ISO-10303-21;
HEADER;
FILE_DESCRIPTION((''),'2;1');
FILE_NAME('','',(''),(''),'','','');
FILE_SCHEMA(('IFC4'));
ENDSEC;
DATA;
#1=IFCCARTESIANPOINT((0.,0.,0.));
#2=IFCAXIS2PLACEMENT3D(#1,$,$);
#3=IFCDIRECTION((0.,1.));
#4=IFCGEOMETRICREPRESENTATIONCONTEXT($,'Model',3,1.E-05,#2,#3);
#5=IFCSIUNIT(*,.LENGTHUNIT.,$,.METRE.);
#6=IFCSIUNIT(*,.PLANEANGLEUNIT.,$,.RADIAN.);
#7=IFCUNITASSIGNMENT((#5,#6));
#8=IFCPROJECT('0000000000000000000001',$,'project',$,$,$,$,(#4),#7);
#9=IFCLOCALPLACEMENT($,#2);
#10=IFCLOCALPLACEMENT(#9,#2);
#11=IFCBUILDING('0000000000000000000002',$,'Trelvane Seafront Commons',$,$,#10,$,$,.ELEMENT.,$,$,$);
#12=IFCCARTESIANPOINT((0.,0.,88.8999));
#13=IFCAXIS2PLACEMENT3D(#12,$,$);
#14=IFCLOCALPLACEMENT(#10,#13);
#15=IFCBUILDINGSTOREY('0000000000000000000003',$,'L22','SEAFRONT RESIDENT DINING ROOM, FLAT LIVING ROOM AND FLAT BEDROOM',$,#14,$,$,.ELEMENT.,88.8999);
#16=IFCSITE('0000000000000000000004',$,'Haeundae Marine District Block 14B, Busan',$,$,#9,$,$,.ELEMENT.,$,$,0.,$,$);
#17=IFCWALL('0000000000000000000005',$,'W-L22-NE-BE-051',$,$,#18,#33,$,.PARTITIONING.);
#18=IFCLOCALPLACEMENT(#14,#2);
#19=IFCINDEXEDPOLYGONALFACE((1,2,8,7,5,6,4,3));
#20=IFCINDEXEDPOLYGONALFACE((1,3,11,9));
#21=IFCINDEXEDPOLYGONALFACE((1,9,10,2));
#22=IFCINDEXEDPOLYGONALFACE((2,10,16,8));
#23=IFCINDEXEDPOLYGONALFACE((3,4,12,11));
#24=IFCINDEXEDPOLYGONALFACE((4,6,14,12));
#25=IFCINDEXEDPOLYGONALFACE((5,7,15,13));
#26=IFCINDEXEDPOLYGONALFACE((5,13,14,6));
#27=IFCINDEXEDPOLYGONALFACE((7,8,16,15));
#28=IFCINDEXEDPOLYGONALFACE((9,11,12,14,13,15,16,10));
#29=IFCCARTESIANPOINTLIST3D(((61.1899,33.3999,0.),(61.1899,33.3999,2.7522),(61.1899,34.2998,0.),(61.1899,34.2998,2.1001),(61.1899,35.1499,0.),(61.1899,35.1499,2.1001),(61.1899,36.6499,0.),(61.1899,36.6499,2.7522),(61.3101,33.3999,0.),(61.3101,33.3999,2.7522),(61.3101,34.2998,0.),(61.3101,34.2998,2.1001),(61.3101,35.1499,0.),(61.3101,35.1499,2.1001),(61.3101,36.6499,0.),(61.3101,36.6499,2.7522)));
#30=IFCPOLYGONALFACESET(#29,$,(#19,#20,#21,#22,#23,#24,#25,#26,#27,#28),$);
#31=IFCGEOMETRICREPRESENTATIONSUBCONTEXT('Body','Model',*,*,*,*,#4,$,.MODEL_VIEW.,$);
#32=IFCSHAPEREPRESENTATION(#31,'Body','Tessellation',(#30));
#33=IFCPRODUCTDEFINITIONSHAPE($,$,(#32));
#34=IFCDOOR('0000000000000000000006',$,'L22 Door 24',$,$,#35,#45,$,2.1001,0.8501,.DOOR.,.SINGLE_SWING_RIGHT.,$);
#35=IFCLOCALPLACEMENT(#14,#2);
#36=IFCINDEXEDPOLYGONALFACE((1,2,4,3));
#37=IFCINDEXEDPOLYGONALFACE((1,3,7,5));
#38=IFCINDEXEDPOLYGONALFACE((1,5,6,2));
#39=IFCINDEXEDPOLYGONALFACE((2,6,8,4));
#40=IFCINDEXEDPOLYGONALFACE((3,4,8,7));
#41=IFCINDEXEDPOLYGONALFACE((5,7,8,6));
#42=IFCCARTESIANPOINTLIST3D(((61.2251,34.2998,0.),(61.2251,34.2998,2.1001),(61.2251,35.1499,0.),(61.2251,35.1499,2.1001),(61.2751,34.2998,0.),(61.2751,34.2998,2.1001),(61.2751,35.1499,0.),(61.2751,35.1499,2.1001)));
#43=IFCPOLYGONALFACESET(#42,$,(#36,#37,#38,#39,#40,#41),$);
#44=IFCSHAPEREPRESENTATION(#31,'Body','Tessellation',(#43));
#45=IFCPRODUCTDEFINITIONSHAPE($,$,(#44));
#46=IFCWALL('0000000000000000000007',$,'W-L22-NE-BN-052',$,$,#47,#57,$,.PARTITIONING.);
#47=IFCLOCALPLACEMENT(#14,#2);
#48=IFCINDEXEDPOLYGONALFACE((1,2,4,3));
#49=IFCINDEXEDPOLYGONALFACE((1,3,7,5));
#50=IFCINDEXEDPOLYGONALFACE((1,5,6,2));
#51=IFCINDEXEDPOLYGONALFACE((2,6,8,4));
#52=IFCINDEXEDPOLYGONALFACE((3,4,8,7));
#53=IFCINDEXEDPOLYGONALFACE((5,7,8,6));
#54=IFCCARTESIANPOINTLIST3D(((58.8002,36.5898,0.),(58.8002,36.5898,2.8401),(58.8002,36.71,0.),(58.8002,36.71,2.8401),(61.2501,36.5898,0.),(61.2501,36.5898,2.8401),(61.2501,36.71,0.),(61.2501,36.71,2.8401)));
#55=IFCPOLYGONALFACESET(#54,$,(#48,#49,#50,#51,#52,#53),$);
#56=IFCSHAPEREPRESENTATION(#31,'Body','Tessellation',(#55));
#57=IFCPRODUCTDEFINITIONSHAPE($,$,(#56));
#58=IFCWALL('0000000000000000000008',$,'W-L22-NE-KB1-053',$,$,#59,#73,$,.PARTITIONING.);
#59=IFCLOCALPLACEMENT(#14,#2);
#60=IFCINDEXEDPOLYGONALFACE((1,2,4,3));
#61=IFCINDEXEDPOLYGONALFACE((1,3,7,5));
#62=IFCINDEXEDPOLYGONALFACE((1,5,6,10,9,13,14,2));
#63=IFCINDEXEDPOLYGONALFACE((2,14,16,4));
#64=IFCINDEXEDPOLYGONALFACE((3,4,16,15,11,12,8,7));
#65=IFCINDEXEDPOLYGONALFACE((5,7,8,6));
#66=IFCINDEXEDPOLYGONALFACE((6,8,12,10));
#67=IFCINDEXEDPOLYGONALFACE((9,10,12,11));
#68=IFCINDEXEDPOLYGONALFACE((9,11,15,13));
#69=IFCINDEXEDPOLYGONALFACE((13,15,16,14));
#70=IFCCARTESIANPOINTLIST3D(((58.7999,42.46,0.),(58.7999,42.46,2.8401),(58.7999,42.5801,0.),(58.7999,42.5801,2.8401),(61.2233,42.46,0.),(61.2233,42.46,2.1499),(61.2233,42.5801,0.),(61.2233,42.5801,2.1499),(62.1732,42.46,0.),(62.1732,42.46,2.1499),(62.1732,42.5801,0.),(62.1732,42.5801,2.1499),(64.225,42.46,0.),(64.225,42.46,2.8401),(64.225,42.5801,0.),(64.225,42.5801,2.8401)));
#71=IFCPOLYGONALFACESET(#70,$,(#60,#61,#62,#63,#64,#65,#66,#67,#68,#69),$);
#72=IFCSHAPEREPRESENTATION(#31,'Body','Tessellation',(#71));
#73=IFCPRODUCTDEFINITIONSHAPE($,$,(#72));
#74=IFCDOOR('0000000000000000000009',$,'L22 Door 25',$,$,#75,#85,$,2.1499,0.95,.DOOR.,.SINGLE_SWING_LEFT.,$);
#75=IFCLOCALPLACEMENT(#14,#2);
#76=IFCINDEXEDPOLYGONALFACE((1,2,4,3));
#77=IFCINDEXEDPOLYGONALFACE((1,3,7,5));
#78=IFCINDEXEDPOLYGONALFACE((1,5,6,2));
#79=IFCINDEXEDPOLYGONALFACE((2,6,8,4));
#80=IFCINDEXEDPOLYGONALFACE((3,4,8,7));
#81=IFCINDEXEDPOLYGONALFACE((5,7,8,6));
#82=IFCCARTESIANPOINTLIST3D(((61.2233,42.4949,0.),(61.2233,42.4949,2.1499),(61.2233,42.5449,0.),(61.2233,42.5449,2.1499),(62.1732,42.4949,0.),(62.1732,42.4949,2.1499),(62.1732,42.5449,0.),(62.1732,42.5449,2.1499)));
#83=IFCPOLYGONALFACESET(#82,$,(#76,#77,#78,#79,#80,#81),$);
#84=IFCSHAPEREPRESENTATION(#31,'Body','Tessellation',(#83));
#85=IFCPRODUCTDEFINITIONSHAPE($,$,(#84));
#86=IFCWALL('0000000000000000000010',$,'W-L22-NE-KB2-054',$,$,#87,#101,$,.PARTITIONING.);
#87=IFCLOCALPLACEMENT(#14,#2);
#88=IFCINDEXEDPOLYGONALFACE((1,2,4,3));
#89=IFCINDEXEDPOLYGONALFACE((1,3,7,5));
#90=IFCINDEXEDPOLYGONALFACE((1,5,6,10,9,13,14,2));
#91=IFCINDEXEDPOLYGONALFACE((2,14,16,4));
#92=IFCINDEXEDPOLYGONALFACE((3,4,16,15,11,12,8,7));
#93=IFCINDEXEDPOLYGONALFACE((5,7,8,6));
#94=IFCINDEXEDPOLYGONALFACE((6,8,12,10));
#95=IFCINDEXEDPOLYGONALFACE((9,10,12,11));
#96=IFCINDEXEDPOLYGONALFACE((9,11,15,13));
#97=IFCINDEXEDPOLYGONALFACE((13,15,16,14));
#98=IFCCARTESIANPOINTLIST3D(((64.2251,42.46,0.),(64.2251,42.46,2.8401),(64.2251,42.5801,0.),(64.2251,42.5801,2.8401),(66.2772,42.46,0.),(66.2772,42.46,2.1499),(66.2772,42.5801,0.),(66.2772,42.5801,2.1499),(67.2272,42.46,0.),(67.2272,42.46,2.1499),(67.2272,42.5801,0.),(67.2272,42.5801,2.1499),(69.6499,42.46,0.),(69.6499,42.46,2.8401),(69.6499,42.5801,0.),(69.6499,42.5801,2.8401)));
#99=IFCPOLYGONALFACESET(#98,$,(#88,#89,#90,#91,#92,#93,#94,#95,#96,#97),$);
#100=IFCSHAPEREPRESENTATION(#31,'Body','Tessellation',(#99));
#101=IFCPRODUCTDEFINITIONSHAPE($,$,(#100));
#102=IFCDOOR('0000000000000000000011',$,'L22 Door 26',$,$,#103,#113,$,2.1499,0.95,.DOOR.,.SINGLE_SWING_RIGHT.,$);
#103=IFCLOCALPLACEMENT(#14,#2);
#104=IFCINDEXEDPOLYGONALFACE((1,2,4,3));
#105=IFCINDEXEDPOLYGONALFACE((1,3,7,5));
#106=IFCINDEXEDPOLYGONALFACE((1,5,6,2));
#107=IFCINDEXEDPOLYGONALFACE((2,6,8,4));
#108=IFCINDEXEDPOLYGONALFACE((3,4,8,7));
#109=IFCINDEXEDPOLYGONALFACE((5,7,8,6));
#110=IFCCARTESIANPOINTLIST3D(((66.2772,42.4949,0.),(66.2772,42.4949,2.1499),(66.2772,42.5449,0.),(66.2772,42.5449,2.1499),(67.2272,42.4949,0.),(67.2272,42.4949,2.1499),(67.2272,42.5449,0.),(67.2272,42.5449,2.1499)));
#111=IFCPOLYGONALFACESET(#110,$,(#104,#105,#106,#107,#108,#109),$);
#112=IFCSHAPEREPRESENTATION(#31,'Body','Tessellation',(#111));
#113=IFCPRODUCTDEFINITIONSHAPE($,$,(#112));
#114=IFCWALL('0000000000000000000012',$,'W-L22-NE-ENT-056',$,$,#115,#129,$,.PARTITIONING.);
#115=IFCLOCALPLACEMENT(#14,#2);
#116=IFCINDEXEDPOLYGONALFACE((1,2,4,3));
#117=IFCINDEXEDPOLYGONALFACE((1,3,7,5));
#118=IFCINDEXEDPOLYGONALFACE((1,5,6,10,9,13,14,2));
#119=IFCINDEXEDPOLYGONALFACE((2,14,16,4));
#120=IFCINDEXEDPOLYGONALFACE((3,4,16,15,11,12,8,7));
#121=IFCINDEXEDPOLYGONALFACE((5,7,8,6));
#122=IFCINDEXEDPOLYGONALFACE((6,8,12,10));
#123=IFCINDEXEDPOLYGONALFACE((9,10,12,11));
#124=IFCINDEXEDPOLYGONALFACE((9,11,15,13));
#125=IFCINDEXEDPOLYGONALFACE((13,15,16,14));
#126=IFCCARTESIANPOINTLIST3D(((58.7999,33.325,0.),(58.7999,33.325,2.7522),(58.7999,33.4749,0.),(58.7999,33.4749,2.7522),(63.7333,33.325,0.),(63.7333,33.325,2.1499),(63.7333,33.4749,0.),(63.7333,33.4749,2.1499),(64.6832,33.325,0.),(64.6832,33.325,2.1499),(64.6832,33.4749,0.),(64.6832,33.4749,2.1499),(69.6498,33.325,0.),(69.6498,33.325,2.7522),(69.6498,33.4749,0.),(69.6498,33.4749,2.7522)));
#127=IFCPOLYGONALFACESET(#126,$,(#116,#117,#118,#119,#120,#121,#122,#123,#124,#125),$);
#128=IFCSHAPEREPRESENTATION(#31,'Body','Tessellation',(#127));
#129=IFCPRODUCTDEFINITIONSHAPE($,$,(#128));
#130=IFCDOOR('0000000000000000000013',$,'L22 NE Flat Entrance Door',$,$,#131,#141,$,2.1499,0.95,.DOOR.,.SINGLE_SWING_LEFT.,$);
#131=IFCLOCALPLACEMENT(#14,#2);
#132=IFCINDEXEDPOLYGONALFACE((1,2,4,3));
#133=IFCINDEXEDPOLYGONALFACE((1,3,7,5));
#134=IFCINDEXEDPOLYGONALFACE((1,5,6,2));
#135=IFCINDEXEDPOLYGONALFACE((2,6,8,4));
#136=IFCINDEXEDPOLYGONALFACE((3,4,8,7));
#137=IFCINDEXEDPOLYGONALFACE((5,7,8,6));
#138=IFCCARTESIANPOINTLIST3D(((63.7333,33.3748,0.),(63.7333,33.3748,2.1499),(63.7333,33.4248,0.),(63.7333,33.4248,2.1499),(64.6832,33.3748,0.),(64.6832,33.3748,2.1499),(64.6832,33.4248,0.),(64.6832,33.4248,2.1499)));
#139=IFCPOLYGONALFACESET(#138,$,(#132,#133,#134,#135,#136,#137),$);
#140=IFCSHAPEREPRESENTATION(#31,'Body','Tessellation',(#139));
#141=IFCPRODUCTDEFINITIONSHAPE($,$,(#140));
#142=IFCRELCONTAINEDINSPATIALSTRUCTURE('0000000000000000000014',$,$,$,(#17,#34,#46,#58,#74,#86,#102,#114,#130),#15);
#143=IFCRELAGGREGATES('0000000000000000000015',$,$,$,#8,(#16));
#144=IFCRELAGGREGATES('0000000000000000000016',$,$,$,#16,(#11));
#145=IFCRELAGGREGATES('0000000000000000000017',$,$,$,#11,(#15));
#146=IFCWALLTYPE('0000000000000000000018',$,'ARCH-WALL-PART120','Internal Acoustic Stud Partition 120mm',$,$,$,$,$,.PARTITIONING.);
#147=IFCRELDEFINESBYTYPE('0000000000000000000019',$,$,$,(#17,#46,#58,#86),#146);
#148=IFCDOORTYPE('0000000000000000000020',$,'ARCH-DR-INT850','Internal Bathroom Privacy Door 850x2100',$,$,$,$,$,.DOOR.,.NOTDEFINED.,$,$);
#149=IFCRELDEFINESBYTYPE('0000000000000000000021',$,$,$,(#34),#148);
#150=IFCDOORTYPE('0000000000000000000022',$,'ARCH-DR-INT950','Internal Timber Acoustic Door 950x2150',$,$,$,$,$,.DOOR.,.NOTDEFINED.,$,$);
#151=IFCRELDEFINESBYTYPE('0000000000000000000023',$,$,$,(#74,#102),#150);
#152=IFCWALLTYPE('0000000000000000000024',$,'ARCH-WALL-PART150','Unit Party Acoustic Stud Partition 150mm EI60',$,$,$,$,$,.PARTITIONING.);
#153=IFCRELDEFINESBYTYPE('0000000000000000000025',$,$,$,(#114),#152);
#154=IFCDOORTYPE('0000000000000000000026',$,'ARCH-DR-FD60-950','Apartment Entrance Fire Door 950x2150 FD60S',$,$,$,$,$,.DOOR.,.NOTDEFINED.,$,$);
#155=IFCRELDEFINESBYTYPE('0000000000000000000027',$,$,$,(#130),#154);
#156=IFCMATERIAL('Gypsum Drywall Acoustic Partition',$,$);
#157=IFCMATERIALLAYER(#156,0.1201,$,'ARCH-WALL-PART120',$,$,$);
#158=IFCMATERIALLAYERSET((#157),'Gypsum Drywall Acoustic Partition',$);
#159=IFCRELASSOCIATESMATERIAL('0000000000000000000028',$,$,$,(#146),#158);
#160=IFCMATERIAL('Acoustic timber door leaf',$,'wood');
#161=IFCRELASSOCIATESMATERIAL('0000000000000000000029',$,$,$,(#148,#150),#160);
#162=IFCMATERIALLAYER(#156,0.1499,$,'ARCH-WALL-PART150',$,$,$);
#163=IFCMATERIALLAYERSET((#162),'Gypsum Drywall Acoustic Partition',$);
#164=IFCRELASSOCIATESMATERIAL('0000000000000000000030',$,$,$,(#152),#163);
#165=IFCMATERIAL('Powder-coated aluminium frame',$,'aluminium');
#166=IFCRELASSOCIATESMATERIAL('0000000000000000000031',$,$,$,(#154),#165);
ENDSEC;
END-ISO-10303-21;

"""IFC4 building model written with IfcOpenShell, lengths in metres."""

from ifc_helpers import new_model, si_unit, direction, frame, frame_2d, origin, place, context, subcontext, project, spatial, rectangle, extrude, source, transform, mapped, material, layer, layer_set, type_object, element, fill, save


model = new_model("IFC4")

# Units and contexts
model_context = context("Model", 3, precision=1e-05, world=origin(), true_north=direction((0.0, 1.0)))
body_context = subcontext(model_context, "Body", "Model", "MODEL_VIEW")
ifc_project = project(units=[si_unit("LENGTHUNIT", "METRE"), si_unit("PLANEANGLEUNIT", "RADIAN")], contexts=[model_context])

# Site, building, storey
site_placement = place(None, origin())
site = spatial("IfcSite", under=ifc_project, at=site_placement, Name="Haeundae Marine District Block 14B, Busan", CompositionType="ELEMENT", RefElevation=0.0)
building_placement = place(site_placement, origin())
building = spatial("IfcBuilding", under=site, at=building_placement, Name="Trelvane Seafront Commons", CompositionType="ELEMENT")
storey_placement = place(building_placement, frame((0.0, 0.0, 88.8999)))
storey = spatial("IfcBuildingStorey", under=building, at=storey_placement, Name="L22", Description="SEAFRONT RESIDENT DINING ROOM, FLAT LIVING ROOM AND FLAT BEDROOM", CompositionType="ELEMENT", Elevation=88.8999)

# Wall, opening, door
ifc_material_1 = material(Name="Gypsum Drywall Acoustic Partition")
ifc_layer_1 = layer(ifc_material_1, 0.1201, Name="ARCH-WALL-PART120")
ifc_layer_set_1 = layer_set([ifc_layer_1], Name="Gypsum Drywall Acoustic Partition")
wall_type_1 = type_object("IfcWallType", Name="ARCH-WALL-PART120", Description="Internal Acoustic Stud Partition 120mm", PredefinedType="PARTITIONING", material=ifc_layer_set_1)
wall_1_placement = place(storey_placement, frame((61.25, 33.3999, 0.0), z_axis=(0.0, 0.0, 1.0), x_axis=(0.0, 1.0, 0.0)))
wall_1 = element("IfcWall", 1, at=wall_1_placement, inside=storey, type_object=wall_type_1, Name="W-L22-NE-BE-051", PredefinedType="PARTITIONING", context=body_context, shape_type="SweptSolid", body=[
    extrude(rectangle(XDim=3.25, YDim=0.1201, at=frame_2d((1.625, 0.0))), origin(), (0.0, 0.0, 1.0), 2.7522),
])
opening_1_placement = place(wall_1_placement, frame((0.8999, 0.0, 0.0)))
opening_1 = element("IfcOpeningElement", 2, at=opening_1_placement, cuts=wall_1, PredefinedType="OPENING", context=body_context, shape_type="SweptSolid", body=[
    extrude(rectangle(XDim=0.8501, YDim=2.1001, at=frame_2d((0.425, 1.05))), frame((0.0, 0.0701, 0.0), z_axis=(0.0, -1.0, 0.0), x_axis=(1.0, 0.0, 0.0)), (0.0, 0.0, 1.0), 0.1401),
])
ifc_material_2 = material(Name="Acoustic timber door leaf", Category="wood")
door_type_1 = type_object("IfcDoorType", Name="ARCH-DR-INT850", Description="Internal Bathroom Privacy Door 850x2100", OperationType="NOTDEFINED", PredefinedType="DOOR", material=ifc_material_2)
shared_shape_1 = source(origin(), body_context, "Body", "SweptSolid", [
    extrude(rectangle(XDim=0.8501, YDim=2.1001, at=frame_2d((0.425, 1.05))), frame((0.0, 0.0249, 0.0), z_axis=(0.0, -1.0, 0.0), x_axis=(1.0, 0.0, 0.0)), (0.0, 0.0, 1.0), 0.05),
])
door_1_placement = place(opening_1_placement, origin())
door_1 = element("IfcDoor", 3, at=door_1_placement, inside=storey, type_object=door_type_1, Name="L22 Door 24", OperationType="SINGLE_SWING_RIGHT", OverallHeight=2.1001, OverallWidth=0.8501, PredefinedType="DOOR", context=body_context, shape_type="MappedRepresentation", body=[
    mapped(shared_shape_1, transform((0.0, 0.0, 0.0), x_axis=(1.0, 0.0, 0.0), y_axis=(0.0, 1.0, 0.0), z_axis=(0.0, 0.0, 1.0), scale=1.0)),
])
fill(opening_1, door_1)

# Wall
wall_2_placement = place(storey_placement, frame((58.8, 36.6499, 0.0), z_axis=(0.0, 0.0, 1.0), x_axis=(1.0, 0.0, 0.0)))
element("IfcWall", 4, at=wall_2_placement, inside=storey, type_object=wall_type_1, Name="W-L22-NE-BN-052", PredefinedType="PARTITIONING", context=body_context, shape_type="SweptSolid", body=[
    extrude(rectangle(XDim=2.45, YDim=0.1201, at=frame_2d((1.2251, 0.0))), origin(), (0.0, 0.0, 1.0), 2.8401),
])

# Walls, openings, doors
wall_3_placement = place(storey_placement, frame((58.8, 42.52, 0.0), z_axis=(0.0, 0.0, 1.0), x_axis=(1.0, 0.0, 0.0)))
wall_3 = element("IfcWall", 5, at=wall_3_placement, inside=storey, type_object=wall_type_1, Name="W-L22-NE-KB1-053", PredefinedType="PARTITIONING", context=body_context, shape_type="SweptSolid", body=[
    extrude(rectangle(XDim=5.425, YDim=0.1201, at=frame_2d((2.7124, 0.0))), origin(), (0.0, 0.0, 1.0), 2.8401),
])
opening_2_placement = place(wall_3_placement, frame((2.4231, 0.0, 0.0)))
opening_2 = element("IfcOpeningElement", 6, at=opening_2_placement, cuts=wall_3, PredefinedType="OPENING", context=body_context, shape_type="SweptSolid", body=[
    extrude(rectangle(XDim=0.95, YDim=2.1499, at=frame_2d((0.4751, 1.075))), frame((0.0, 0.0701, 0.0), z_axis=(0.0, -1.0, 0.0), x_axis=(1.0, 0.0, 0.0)), (0.0, 0.0, 1.0), 0.1401),
])
door_type_2 = type_object("IfcDoorType", Name="ARCH-DR-INT950", Description="Internal Timber Acoustic Door 950x2150", OperationType="NOTDEFINED", PredefinedType="DOOR", material=ifc_material_2)
shared_shape_2 = source(origin(), body_context, "Body", "SweptSolid", [
    extrude(rectangle(XDim=0.95, YDim=2.1499, at=frame_2d((0.4751, 1.075))), frame((0.0, 0.0249, 0.0), z_axis=(0.0, -1.0, 0.0), x_axis=(1.0, 0.0, 0.0)), (0.0, 0.0, 1.0), 0.05),
])
door_2_placement = place(opening_2_placement, origin())
door_2 = element("IfcDoor", 7, at=door_2_placement, inside=storey, type_object=door_type_2, Name="L22 Door 25", OperationType="SINGLE_SWING_LEFT", OverallHeight=2.1499, OverallWidth=0.95, PredefinedType="DOOR", context=body_context, shape_type="MappedRepresentation", body=[
    mapped(shared_shape_2, transform((0.0, 0.0, 0.0), x_axis=(1.0, 0.0, 0.0), y_axis=(0.0, 1.0, 0.0), z_axis=(0.0, 0.0, 1.0), scale=1.0)),
])
fill(opening_2, door_2)
wall_4_placement = place(storey_placement, frame((64.2251, 42.52, 0.0), z_axis=(0.0, 0.0, 1.0), x_axis=(1.0, 0.0, 0.0)))
wall_4 = element("IfcWall", 8, at=wall_4_placement, inside=storey, type_object=wall_type_1, Name="W-L22-NE-KB2-054", PredefinedType="PARTITIONING", context=body_context, shape_type="SweptSolid", body=[
    extrude(rectangle(XDim=5.4248, YDim=0.1201, at=frame_2d((2.7124, 0.0))), origin(), (0.0, 0.0, 1.0), 2.8401),
])
opening_3_placement = place(wall_4_placement, frame((2.052, 0.0, 0.0)))
opening_3 = element("IfcOpeningElement", 9, at=opening_3_placement, cuts=wall_4, PredefinedType="OPENING", context=body_context, shape_type="SweptSolid", body=[
    extrude(rectangle(XDim=0.95, YDim=2.1499, at=frame_2d((0.4751, 1.075))), frame((0.0, 0.0701, 0.0), z_axis=(0.0, -1.0, 0.0), x_axis=(1.0, 0.0, 0.0)), (0.0, 0.0, 1.0), 0.1401),
])
door_3_placement = place(opening_3_placement, origin())
door_3 = element("IfcDoor", 10, at=door_3_placement, inside=storey, type_object=door_type_2, Name="L22 Door 26", OperationType="SINGLE_SWING_RIGHT", OverallHeight=2.1499, OverallWidth=0.95, PredefinedType="DOOR", context=body_context, shape_type="MappedRepresentation", body=[
    mapped(shared_shape_2, transform((0.0, 0.0, 0.0), x_axis=(1.0, 0.0, 0.0), y_axis=(0.0, 1.0, 0.0), z_axis=(0.0, 0.0, 1.0), scale=1.0)),
])
fill(opening_3, door_3)
ifc_layer_2 = layer(ifc_material_1, 0.1499, Name="ARCH-WALL-PART150")
ifc_layer_set_2 = layer_set([ifc_layer_2], Name="Gypsum Drywall Acoustic Partition")
wall_type_2 = type_object("IfcWallType", Name="ARCH-WALL-PART150", Description="Unit Party Acoustic Stud Partition 150mm EI60", PredefinedType="PARTITIONING", material=ifc_layer_set_2)
wall_5_placement = place(storey_placement, frame((58.8, 33.3999, 0.0), z_axis=(0.0, 0.0, 1.0), x_axis=(1.0, 0.0, 0.0)))
wall_5 = element("IfcWall", 11, at=wall_5_placement, inside=storey, type_object=wall_type_2, Name="W-L22-NE-ENT-056", PredefinedType="PARTITIONING", context=body_context, shape_type="SweptSolid", body=[
    extrude(rectangle(XDim=10.8499, YDim=0.1499, at=frame_2d((5.4248, 0.0))), origin(), (0.0, 0.0, 1.0), 2.7522),
])
opening_4_placement = place(wall_5_placement, frame((4.9331, 0.0, 0.0)))
opening_4 = element("IfcOpeningElement", 12, at=opening_4_placement, cuts=wall_5, PredefinedType="OPENING", context=body_context, shape_type="SweptSolid", body=[
    extrude(rectangle(XDim=0.95, YDim=2.1499, at=frame_2d((0.4751, 1.075))), frame((0.0, 0.085, 0.0), z_axis=(0.0, -1.0, 0.0), x_axis=(1.0, 0.0, 0.0)), (0.0, 0.0, 1.0), 0.1699),
])
ifc_material_3 = material(Name="Powder-coated aluminium frame", Category="aluminium")
door_type_3 = type_object("IfcDoorType", Name="ARCH-DR-FD60-950", Description="Apartment Entrance Fire Door 950x2150 FD60S", OperationType="NOTDEFINED", PredefinedType="DOOR", material=ifc_material_3)
door_4_placement = place(opening_4_placement, origin())
door_4 = element("IfcDoor", 13, at=door_4_placement, inside=storey, type_object=door_type_3, Name="L22 NE Flat Entrance Door", OperationType="SINGLE_SWING_LEFT", OverallHeight=2.1499, OverallWidth=0.95, PredefinedType="DOOR", context=body_context, shape_type="MappedRepresentation", body=[
    mapped(shared_shape_2, transform((0.0, 0.0, 0.0), x_axis=(1.0, 0.0, 0.0), y_axis=(0.0, 1.0, 0.0), z_axis=(0.0, 0.0, 1.0), scale=1.0)),
])
fill(opening_4, door_4)

save(model, "model.ifc")
